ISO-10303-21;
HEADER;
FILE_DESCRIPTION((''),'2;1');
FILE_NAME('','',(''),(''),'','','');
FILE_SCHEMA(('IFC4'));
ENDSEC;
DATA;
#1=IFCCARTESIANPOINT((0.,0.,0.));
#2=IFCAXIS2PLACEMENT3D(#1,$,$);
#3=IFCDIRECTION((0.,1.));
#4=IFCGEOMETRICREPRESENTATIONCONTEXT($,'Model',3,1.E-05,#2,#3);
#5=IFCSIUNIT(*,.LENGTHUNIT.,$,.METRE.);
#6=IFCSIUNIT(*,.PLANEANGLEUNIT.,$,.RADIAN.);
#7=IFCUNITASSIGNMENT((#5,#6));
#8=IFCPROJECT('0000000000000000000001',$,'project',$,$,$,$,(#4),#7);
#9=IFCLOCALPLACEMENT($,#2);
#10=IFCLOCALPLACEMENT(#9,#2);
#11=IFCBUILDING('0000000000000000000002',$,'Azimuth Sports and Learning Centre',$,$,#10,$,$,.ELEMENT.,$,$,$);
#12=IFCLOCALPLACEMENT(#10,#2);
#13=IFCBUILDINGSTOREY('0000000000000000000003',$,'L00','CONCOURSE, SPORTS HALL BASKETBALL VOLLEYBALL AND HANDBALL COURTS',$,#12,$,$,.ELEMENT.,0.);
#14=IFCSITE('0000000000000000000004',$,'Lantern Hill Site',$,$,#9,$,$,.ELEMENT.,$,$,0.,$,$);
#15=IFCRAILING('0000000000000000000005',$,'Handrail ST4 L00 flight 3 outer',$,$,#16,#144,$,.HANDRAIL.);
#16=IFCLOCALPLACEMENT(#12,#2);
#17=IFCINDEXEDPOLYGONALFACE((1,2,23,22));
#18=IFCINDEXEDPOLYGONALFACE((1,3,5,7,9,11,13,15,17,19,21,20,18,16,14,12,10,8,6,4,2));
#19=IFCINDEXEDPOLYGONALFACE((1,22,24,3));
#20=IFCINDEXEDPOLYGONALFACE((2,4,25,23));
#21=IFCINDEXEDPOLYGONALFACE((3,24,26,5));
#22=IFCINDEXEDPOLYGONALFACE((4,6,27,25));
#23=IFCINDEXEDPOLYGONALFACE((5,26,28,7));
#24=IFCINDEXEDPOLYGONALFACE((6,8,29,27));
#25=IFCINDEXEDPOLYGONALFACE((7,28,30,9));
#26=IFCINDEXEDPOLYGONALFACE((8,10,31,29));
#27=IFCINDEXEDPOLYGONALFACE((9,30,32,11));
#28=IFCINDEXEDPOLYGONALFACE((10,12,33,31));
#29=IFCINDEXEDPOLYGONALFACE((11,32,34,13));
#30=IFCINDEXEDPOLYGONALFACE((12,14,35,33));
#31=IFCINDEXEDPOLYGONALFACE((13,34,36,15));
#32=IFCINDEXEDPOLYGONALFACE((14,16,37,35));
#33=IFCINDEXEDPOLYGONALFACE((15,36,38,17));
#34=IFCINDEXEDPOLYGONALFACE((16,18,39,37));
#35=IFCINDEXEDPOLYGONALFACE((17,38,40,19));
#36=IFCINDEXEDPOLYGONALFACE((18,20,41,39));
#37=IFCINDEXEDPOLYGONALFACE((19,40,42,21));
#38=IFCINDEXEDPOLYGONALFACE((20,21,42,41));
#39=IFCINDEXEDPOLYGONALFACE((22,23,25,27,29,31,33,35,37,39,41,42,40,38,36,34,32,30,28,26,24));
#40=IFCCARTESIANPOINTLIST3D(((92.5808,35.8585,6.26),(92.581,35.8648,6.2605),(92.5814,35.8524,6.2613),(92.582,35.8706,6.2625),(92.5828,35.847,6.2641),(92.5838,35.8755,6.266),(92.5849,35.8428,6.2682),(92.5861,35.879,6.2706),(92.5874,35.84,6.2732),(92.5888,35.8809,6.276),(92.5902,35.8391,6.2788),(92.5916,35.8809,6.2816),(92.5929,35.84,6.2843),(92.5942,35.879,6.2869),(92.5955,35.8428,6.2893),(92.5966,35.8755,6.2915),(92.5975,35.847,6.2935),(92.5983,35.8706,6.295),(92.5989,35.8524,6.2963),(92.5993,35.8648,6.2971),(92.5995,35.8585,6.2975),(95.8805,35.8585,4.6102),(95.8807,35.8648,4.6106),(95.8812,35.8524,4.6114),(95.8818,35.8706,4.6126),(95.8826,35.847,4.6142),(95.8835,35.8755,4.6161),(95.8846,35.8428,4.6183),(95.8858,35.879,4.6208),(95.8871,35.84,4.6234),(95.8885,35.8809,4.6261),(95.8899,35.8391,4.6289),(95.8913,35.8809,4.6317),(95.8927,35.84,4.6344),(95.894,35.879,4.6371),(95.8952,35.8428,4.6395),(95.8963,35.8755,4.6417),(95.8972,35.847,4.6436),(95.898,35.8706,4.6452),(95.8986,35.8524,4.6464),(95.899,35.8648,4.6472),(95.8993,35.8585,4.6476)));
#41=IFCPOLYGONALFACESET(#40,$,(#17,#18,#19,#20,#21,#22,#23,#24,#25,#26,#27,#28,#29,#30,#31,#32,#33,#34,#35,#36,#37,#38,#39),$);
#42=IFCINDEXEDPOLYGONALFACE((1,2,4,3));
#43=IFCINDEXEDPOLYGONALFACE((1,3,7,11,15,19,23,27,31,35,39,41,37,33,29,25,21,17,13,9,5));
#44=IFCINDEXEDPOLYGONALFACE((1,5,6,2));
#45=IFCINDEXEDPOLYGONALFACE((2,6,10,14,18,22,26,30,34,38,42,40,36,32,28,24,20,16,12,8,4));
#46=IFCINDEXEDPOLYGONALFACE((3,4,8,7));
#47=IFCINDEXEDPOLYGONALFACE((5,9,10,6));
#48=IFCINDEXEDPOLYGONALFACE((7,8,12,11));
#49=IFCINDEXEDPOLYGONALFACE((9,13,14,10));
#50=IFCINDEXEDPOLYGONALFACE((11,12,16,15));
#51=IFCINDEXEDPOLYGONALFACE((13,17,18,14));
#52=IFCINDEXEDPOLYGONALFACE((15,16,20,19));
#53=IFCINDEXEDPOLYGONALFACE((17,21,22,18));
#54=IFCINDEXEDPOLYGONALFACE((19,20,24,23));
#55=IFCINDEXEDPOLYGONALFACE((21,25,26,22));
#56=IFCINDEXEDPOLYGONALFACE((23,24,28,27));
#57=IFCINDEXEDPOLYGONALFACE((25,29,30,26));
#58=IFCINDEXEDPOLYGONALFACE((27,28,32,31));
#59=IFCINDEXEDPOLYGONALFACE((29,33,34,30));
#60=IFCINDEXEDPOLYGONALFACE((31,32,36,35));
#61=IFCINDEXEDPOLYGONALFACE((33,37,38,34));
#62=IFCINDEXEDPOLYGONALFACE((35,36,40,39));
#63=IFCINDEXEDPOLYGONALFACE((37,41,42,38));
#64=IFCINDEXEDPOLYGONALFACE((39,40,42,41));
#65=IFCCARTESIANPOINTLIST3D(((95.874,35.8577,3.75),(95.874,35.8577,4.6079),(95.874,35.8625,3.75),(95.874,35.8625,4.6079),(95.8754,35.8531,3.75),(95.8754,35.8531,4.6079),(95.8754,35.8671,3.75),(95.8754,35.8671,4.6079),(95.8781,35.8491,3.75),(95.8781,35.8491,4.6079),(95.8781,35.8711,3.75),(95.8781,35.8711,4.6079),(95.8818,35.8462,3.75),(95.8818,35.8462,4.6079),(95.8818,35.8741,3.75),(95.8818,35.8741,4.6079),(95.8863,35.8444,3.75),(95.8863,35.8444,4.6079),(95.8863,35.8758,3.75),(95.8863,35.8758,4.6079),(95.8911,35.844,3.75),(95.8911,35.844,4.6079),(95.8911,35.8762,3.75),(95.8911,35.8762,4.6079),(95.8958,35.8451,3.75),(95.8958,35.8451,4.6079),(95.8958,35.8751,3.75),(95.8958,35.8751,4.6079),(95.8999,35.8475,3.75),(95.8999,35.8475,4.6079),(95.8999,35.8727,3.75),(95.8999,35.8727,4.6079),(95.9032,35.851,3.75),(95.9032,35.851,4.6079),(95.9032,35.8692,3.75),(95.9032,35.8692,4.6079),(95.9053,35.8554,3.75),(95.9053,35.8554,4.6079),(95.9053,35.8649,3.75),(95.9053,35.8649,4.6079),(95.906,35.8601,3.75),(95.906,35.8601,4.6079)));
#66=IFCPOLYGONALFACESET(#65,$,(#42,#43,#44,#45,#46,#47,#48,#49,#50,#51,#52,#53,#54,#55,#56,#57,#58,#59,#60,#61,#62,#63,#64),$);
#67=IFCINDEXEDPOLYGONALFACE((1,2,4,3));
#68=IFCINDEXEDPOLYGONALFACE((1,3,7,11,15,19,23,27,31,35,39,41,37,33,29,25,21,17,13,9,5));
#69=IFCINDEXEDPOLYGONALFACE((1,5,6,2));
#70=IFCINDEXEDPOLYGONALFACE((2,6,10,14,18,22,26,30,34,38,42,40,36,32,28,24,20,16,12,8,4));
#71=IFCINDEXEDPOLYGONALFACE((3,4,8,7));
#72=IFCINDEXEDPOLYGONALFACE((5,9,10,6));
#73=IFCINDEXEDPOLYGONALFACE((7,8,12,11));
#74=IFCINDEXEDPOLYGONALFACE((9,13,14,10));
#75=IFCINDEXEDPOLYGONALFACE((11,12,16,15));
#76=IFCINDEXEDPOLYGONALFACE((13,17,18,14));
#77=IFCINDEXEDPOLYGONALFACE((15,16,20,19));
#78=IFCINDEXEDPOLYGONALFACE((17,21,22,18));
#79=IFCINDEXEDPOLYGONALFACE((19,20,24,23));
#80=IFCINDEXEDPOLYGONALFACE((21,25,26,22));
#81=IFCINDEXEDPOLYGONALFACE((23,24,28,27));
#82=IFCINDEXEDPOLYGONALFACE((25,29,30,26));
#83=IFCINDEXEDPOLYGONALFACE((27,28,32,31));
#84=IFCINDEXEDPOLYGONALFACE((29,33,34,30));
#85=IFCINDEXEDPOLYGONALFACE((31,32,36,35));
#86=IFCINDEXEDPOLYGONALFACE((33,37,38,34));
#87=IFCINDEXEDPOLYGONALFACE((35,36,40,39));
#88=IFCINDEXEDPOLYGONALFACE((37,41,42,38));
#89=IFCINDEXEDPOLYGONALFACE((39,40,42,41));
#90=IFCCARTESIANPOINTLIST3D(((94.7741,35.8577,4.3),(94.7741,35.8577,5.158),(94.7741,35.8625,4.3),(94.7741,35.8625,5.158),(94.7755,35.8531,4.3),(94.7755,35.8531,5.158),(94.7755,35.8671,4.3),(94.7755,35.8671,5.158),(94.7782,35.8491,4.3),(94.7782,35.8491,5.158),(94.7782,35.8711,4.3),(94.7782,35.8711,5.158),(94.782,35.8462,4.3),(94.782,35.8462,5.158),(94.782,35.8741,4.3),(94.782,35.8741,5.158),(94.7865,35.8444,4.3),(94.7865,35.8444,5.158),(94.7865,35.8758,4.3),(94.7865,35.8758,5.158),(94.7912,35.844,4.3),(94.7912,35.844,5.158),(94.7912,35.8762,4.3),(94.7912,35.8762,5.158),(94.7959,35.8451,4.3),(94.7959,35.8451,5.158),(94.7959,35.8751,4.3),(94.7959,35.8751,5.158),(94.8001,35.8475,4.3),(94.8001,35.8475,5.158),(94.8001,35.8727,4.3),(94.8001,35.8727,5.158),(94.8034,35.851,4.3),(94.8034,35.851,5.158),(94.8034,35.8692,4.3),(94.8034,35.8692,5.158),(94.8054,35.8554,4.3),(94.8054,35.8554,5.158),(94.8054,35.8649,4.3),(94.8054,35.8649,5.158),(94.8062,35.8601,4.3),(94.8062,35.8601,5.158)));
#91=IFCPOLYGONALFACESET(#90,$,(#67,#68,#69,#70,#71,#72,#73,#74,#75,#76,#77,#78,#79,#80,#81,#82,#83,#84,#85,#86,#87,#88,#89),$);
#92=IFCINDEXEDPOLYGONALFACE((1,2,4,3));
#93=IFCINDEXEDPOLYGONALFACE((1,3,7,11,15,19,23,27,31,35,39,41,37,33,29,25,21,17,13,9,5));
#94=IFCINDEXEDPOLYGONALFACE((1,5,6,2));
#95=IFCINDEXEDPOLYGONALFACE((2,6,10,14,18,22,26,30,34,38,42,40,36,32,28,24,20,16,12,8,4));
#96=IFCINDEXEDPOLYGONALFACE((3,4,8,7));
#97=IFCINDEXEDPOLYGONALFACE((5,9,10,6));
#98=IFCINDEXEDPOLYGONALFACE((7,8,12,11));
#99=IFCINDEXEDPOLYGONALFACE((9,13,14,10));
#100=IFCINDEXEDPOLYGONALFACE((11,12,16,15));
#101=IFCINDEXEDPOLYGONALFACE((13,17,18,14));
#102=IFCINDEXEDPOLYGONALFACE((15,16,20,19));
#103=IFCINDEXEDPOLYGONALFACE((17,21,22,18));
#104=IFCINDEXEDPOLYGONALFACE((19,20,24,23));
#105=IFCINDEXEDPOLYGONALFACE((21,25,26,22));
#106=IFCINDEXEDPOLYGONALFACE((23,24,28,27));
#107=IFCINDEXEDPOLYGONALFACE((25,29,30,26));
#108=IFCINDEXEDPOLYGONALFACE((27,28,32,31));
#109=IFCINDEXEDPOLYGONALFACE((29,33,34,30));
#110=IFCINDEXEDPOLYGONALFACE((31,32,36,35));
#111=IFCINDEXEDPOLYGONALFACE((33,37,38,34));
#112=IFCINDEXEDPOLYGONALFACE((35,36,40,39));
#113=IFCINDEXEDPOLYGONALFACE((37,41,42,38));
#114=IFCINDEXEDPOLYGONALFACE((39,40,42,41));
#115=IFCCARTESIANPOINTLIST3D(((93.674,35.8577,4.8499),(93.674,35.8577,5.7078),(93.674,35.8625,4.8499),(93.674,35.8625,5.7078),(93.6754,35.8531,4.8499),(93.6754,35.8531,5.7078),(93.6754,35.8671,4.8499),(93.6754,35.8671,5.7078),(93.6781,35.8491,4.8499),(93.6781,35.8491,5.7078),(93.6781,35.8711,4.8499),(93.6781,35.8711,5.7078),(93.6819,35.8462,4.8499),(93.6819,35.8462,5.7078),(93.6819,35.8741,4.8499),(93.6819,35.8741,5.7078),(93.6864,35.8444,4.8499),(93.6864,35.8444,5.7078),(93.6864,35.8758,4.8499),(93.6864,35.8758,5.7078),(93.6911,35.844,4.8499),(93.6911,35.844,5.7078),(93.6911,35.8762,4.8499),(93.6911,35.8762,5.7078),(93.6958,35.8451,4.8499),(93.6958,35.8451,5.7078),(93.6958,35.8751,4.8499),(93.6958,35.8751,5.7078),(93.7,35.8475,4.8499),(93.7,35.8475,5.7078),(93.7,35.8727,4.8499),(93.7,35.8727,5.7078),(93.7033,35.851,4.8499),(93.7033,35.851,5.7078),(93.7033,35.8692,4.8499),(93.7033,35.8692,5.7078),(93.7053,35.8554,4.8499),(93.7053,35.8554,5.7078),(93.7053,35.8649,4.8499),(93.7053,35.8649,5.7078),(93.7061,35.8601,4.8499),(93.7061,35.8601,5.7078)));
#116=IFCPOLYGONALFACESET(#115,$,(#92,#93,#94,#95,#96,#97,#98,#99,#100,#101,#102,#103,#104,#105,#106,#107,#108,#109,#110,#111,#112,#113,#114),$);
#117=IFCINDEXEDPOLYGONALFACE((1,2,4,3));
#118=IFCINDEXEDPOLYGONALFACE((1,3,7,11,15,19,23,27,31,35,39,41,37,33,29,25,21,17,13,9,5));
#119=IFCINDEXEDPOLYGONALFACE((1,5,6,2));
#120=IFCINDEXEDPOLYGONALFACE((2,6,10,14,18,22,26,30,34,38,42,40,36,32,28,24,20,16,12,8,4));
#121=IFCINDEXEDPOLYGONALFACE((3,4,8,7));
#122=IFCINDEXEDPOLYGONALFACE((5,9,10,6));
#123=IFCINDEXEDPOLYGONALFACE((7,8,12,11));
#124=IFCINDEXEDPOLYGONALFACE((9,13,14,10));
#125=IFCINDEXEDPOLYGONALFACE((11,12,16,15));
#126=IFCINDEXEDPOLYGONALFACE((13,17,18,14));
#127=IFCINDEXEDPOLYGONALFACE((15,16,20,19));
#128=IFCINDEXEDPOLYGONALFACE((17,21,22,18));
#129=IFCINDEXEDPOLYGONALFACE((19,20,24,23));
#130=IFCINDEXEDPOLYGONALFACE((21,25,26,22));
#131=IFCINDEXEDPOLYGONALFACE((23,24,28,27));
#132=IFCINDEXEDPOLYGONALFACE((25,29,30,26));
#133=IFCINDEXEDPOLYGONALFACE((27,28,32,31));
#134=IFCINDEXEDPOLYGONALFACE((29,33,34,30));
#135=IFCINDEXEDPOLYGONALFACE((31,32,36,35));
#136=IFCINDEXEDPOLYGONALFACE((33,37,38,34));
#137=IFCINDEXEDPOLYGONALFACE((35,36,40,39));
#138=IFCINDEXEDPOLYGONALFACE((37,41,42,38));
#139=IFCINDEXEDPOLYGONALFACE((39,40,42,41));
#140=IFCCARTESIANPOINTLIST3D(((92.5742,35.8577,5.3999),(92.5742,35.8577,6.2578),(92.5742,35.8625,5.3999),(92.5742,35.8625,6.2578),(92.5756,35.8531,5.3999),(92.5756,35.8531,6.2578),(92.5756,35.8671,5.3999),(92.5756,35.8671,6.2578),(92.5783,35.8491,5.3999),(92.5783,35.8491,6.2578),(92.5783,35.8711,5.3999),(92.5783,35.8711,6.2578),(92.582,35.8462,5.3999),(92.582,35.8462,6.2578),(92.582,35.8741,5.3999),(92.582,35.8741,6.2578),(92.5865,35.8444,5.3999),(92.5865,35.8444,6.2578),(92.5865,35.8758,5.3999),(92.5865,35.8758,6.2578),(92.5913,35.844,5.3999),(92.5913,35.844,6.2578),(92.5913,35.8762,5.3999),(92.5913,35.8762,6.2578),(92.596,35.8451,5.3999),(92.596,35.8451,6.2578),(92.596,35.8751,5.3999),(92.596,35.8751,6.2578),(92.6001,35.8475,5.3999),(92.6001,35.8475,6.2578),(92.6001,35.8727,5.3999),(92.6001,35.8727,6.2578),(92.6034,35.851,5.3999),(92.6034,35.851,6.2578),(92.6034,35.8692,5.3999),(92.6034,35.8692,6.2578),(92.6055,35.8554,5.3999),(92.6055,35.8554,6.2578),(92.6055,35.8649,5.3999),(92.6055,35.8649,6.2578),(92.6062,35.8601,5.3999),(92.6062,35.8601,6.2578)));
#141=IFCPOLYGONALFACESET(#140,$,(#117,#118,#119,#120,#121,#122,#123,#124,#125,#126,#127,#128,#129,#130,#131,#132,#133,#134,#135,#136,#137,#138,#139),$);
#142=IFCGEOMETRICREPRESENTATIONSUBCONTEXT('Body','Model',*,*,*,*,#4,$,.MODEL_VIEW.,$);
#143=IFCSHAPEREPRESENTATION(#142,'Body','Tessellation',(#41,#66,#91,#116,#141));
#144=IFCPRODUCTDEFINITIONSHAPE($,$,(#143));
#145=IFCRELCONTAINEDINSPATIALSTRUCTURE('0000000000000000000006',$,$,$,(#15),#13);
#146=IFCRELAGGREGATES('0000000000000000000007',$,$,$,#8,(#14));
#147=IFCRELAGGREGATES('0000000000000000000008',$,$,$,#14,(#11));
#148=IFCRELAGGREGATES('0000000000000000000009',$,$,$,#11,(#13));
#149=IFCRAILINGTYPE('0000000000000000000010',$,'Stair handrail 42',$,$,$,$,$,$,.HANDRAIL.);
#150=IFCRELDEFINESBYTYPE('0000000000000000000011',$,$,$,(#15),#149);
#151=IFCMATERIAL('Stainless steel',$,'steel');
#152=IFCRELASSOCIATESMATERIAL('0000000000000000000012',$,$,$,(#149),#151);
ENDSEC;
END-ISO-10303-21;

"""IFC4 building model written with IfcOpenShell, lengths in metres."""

from ifc_helpers import new_model, si_unit, direction, frame, origin, origin_2d, place, context, subcontext, project, spatial, circle, extrude, material, type_object, element, save


model = new_model("IFC4")

# Units and contexts
model_context = context("Model", 3, precision=1e-05, world=origin(), true_north=direction((0.0, 1.0)))
body_context = subcontext(model_context, "Body", "Model", "MODEL_VIEW")
ifc_project = project(units=[si_unit("LENGTHUNIT", "METRE"), si_unit("PLANEANGLEUNIT", "RADIAN")], contexts=[model_context])

# Site, building, storey
site_placement = place(None, origin())
site = spatial("IfcSite", under=ifc_project, at=site_placement, Name="Lantern Hill Site", CompositionType="ELEMENT", RefElevation=0.0)
building_placement = place(site_placement, origin())
building = spatial("IfcBuilding", under=site, at=building_placement, Name="Azimuth Sports and Learning Centre", CompositionType="ELEMENT")
storey_placement = place(building_placement, origin())
storey = spatial("IfcBuildingStorey", under=building, at=storey_placement, Name="L00", Description="CONCOURSE, SPORTS HALL BASKETBALL VOLLEYBALL AND HANDBALL COURTS", CompositionType="ELEMENT", Elevation=0.0)

# Railing
ifc_material_1 = material(Name="Stainless steel", Category="steel")
railing_type = type_object("IfcRailingType", Name="Stair handrail 42", PredefinedType="HANDRAIL", material=ifc_material_1)
for number, where, name in (
    (1, (95.8899, 35.8601, 3.75), "Handrail ST4 L00 flight 3 outer"),
):
    element("IfcRailing", number, at=place(storey_placement, frame(where)), inside=storey, type_object=railing_type, Name=name, PredefinedType="HANDRAIL", context=body_context, shape_type="SweptSolid", body=[
        extrude(circle(Radius=0.021, at=origin_2d()), frame((0.0, 0.0, 0.8789), z_axis=(-0.894427, 0.0, 0.447214), x_axis=(0.0, -1.0, 0.0)), (0.0, 0.0, 1.0), 3.6892),
        extrude(circle(Radius=0.0161, at=origin_2d()), origin(), (0.0, 0.0, 1.0), 0.8579),
        extrude(circle(Radius=0.0161, at=origin_2d()), frame((-1.0999, 0.0, 0.55)), (0.0, 0.0, 1.0), 0.8579),
        extrude(circle(Radius=0.0161, at=origin_2d()), frame((-2.2, 0.0, 1.0999)), (0.0, 0.0, 1.0), 0.8579),
        extrude(circle(Radius=0.0161, at=origin_2d()), frame((-3.2998, 0.0, 1.6499)), (0.0, 0.0, 1.0), 0.8579),
    ])

save(model, "model.ifc")
